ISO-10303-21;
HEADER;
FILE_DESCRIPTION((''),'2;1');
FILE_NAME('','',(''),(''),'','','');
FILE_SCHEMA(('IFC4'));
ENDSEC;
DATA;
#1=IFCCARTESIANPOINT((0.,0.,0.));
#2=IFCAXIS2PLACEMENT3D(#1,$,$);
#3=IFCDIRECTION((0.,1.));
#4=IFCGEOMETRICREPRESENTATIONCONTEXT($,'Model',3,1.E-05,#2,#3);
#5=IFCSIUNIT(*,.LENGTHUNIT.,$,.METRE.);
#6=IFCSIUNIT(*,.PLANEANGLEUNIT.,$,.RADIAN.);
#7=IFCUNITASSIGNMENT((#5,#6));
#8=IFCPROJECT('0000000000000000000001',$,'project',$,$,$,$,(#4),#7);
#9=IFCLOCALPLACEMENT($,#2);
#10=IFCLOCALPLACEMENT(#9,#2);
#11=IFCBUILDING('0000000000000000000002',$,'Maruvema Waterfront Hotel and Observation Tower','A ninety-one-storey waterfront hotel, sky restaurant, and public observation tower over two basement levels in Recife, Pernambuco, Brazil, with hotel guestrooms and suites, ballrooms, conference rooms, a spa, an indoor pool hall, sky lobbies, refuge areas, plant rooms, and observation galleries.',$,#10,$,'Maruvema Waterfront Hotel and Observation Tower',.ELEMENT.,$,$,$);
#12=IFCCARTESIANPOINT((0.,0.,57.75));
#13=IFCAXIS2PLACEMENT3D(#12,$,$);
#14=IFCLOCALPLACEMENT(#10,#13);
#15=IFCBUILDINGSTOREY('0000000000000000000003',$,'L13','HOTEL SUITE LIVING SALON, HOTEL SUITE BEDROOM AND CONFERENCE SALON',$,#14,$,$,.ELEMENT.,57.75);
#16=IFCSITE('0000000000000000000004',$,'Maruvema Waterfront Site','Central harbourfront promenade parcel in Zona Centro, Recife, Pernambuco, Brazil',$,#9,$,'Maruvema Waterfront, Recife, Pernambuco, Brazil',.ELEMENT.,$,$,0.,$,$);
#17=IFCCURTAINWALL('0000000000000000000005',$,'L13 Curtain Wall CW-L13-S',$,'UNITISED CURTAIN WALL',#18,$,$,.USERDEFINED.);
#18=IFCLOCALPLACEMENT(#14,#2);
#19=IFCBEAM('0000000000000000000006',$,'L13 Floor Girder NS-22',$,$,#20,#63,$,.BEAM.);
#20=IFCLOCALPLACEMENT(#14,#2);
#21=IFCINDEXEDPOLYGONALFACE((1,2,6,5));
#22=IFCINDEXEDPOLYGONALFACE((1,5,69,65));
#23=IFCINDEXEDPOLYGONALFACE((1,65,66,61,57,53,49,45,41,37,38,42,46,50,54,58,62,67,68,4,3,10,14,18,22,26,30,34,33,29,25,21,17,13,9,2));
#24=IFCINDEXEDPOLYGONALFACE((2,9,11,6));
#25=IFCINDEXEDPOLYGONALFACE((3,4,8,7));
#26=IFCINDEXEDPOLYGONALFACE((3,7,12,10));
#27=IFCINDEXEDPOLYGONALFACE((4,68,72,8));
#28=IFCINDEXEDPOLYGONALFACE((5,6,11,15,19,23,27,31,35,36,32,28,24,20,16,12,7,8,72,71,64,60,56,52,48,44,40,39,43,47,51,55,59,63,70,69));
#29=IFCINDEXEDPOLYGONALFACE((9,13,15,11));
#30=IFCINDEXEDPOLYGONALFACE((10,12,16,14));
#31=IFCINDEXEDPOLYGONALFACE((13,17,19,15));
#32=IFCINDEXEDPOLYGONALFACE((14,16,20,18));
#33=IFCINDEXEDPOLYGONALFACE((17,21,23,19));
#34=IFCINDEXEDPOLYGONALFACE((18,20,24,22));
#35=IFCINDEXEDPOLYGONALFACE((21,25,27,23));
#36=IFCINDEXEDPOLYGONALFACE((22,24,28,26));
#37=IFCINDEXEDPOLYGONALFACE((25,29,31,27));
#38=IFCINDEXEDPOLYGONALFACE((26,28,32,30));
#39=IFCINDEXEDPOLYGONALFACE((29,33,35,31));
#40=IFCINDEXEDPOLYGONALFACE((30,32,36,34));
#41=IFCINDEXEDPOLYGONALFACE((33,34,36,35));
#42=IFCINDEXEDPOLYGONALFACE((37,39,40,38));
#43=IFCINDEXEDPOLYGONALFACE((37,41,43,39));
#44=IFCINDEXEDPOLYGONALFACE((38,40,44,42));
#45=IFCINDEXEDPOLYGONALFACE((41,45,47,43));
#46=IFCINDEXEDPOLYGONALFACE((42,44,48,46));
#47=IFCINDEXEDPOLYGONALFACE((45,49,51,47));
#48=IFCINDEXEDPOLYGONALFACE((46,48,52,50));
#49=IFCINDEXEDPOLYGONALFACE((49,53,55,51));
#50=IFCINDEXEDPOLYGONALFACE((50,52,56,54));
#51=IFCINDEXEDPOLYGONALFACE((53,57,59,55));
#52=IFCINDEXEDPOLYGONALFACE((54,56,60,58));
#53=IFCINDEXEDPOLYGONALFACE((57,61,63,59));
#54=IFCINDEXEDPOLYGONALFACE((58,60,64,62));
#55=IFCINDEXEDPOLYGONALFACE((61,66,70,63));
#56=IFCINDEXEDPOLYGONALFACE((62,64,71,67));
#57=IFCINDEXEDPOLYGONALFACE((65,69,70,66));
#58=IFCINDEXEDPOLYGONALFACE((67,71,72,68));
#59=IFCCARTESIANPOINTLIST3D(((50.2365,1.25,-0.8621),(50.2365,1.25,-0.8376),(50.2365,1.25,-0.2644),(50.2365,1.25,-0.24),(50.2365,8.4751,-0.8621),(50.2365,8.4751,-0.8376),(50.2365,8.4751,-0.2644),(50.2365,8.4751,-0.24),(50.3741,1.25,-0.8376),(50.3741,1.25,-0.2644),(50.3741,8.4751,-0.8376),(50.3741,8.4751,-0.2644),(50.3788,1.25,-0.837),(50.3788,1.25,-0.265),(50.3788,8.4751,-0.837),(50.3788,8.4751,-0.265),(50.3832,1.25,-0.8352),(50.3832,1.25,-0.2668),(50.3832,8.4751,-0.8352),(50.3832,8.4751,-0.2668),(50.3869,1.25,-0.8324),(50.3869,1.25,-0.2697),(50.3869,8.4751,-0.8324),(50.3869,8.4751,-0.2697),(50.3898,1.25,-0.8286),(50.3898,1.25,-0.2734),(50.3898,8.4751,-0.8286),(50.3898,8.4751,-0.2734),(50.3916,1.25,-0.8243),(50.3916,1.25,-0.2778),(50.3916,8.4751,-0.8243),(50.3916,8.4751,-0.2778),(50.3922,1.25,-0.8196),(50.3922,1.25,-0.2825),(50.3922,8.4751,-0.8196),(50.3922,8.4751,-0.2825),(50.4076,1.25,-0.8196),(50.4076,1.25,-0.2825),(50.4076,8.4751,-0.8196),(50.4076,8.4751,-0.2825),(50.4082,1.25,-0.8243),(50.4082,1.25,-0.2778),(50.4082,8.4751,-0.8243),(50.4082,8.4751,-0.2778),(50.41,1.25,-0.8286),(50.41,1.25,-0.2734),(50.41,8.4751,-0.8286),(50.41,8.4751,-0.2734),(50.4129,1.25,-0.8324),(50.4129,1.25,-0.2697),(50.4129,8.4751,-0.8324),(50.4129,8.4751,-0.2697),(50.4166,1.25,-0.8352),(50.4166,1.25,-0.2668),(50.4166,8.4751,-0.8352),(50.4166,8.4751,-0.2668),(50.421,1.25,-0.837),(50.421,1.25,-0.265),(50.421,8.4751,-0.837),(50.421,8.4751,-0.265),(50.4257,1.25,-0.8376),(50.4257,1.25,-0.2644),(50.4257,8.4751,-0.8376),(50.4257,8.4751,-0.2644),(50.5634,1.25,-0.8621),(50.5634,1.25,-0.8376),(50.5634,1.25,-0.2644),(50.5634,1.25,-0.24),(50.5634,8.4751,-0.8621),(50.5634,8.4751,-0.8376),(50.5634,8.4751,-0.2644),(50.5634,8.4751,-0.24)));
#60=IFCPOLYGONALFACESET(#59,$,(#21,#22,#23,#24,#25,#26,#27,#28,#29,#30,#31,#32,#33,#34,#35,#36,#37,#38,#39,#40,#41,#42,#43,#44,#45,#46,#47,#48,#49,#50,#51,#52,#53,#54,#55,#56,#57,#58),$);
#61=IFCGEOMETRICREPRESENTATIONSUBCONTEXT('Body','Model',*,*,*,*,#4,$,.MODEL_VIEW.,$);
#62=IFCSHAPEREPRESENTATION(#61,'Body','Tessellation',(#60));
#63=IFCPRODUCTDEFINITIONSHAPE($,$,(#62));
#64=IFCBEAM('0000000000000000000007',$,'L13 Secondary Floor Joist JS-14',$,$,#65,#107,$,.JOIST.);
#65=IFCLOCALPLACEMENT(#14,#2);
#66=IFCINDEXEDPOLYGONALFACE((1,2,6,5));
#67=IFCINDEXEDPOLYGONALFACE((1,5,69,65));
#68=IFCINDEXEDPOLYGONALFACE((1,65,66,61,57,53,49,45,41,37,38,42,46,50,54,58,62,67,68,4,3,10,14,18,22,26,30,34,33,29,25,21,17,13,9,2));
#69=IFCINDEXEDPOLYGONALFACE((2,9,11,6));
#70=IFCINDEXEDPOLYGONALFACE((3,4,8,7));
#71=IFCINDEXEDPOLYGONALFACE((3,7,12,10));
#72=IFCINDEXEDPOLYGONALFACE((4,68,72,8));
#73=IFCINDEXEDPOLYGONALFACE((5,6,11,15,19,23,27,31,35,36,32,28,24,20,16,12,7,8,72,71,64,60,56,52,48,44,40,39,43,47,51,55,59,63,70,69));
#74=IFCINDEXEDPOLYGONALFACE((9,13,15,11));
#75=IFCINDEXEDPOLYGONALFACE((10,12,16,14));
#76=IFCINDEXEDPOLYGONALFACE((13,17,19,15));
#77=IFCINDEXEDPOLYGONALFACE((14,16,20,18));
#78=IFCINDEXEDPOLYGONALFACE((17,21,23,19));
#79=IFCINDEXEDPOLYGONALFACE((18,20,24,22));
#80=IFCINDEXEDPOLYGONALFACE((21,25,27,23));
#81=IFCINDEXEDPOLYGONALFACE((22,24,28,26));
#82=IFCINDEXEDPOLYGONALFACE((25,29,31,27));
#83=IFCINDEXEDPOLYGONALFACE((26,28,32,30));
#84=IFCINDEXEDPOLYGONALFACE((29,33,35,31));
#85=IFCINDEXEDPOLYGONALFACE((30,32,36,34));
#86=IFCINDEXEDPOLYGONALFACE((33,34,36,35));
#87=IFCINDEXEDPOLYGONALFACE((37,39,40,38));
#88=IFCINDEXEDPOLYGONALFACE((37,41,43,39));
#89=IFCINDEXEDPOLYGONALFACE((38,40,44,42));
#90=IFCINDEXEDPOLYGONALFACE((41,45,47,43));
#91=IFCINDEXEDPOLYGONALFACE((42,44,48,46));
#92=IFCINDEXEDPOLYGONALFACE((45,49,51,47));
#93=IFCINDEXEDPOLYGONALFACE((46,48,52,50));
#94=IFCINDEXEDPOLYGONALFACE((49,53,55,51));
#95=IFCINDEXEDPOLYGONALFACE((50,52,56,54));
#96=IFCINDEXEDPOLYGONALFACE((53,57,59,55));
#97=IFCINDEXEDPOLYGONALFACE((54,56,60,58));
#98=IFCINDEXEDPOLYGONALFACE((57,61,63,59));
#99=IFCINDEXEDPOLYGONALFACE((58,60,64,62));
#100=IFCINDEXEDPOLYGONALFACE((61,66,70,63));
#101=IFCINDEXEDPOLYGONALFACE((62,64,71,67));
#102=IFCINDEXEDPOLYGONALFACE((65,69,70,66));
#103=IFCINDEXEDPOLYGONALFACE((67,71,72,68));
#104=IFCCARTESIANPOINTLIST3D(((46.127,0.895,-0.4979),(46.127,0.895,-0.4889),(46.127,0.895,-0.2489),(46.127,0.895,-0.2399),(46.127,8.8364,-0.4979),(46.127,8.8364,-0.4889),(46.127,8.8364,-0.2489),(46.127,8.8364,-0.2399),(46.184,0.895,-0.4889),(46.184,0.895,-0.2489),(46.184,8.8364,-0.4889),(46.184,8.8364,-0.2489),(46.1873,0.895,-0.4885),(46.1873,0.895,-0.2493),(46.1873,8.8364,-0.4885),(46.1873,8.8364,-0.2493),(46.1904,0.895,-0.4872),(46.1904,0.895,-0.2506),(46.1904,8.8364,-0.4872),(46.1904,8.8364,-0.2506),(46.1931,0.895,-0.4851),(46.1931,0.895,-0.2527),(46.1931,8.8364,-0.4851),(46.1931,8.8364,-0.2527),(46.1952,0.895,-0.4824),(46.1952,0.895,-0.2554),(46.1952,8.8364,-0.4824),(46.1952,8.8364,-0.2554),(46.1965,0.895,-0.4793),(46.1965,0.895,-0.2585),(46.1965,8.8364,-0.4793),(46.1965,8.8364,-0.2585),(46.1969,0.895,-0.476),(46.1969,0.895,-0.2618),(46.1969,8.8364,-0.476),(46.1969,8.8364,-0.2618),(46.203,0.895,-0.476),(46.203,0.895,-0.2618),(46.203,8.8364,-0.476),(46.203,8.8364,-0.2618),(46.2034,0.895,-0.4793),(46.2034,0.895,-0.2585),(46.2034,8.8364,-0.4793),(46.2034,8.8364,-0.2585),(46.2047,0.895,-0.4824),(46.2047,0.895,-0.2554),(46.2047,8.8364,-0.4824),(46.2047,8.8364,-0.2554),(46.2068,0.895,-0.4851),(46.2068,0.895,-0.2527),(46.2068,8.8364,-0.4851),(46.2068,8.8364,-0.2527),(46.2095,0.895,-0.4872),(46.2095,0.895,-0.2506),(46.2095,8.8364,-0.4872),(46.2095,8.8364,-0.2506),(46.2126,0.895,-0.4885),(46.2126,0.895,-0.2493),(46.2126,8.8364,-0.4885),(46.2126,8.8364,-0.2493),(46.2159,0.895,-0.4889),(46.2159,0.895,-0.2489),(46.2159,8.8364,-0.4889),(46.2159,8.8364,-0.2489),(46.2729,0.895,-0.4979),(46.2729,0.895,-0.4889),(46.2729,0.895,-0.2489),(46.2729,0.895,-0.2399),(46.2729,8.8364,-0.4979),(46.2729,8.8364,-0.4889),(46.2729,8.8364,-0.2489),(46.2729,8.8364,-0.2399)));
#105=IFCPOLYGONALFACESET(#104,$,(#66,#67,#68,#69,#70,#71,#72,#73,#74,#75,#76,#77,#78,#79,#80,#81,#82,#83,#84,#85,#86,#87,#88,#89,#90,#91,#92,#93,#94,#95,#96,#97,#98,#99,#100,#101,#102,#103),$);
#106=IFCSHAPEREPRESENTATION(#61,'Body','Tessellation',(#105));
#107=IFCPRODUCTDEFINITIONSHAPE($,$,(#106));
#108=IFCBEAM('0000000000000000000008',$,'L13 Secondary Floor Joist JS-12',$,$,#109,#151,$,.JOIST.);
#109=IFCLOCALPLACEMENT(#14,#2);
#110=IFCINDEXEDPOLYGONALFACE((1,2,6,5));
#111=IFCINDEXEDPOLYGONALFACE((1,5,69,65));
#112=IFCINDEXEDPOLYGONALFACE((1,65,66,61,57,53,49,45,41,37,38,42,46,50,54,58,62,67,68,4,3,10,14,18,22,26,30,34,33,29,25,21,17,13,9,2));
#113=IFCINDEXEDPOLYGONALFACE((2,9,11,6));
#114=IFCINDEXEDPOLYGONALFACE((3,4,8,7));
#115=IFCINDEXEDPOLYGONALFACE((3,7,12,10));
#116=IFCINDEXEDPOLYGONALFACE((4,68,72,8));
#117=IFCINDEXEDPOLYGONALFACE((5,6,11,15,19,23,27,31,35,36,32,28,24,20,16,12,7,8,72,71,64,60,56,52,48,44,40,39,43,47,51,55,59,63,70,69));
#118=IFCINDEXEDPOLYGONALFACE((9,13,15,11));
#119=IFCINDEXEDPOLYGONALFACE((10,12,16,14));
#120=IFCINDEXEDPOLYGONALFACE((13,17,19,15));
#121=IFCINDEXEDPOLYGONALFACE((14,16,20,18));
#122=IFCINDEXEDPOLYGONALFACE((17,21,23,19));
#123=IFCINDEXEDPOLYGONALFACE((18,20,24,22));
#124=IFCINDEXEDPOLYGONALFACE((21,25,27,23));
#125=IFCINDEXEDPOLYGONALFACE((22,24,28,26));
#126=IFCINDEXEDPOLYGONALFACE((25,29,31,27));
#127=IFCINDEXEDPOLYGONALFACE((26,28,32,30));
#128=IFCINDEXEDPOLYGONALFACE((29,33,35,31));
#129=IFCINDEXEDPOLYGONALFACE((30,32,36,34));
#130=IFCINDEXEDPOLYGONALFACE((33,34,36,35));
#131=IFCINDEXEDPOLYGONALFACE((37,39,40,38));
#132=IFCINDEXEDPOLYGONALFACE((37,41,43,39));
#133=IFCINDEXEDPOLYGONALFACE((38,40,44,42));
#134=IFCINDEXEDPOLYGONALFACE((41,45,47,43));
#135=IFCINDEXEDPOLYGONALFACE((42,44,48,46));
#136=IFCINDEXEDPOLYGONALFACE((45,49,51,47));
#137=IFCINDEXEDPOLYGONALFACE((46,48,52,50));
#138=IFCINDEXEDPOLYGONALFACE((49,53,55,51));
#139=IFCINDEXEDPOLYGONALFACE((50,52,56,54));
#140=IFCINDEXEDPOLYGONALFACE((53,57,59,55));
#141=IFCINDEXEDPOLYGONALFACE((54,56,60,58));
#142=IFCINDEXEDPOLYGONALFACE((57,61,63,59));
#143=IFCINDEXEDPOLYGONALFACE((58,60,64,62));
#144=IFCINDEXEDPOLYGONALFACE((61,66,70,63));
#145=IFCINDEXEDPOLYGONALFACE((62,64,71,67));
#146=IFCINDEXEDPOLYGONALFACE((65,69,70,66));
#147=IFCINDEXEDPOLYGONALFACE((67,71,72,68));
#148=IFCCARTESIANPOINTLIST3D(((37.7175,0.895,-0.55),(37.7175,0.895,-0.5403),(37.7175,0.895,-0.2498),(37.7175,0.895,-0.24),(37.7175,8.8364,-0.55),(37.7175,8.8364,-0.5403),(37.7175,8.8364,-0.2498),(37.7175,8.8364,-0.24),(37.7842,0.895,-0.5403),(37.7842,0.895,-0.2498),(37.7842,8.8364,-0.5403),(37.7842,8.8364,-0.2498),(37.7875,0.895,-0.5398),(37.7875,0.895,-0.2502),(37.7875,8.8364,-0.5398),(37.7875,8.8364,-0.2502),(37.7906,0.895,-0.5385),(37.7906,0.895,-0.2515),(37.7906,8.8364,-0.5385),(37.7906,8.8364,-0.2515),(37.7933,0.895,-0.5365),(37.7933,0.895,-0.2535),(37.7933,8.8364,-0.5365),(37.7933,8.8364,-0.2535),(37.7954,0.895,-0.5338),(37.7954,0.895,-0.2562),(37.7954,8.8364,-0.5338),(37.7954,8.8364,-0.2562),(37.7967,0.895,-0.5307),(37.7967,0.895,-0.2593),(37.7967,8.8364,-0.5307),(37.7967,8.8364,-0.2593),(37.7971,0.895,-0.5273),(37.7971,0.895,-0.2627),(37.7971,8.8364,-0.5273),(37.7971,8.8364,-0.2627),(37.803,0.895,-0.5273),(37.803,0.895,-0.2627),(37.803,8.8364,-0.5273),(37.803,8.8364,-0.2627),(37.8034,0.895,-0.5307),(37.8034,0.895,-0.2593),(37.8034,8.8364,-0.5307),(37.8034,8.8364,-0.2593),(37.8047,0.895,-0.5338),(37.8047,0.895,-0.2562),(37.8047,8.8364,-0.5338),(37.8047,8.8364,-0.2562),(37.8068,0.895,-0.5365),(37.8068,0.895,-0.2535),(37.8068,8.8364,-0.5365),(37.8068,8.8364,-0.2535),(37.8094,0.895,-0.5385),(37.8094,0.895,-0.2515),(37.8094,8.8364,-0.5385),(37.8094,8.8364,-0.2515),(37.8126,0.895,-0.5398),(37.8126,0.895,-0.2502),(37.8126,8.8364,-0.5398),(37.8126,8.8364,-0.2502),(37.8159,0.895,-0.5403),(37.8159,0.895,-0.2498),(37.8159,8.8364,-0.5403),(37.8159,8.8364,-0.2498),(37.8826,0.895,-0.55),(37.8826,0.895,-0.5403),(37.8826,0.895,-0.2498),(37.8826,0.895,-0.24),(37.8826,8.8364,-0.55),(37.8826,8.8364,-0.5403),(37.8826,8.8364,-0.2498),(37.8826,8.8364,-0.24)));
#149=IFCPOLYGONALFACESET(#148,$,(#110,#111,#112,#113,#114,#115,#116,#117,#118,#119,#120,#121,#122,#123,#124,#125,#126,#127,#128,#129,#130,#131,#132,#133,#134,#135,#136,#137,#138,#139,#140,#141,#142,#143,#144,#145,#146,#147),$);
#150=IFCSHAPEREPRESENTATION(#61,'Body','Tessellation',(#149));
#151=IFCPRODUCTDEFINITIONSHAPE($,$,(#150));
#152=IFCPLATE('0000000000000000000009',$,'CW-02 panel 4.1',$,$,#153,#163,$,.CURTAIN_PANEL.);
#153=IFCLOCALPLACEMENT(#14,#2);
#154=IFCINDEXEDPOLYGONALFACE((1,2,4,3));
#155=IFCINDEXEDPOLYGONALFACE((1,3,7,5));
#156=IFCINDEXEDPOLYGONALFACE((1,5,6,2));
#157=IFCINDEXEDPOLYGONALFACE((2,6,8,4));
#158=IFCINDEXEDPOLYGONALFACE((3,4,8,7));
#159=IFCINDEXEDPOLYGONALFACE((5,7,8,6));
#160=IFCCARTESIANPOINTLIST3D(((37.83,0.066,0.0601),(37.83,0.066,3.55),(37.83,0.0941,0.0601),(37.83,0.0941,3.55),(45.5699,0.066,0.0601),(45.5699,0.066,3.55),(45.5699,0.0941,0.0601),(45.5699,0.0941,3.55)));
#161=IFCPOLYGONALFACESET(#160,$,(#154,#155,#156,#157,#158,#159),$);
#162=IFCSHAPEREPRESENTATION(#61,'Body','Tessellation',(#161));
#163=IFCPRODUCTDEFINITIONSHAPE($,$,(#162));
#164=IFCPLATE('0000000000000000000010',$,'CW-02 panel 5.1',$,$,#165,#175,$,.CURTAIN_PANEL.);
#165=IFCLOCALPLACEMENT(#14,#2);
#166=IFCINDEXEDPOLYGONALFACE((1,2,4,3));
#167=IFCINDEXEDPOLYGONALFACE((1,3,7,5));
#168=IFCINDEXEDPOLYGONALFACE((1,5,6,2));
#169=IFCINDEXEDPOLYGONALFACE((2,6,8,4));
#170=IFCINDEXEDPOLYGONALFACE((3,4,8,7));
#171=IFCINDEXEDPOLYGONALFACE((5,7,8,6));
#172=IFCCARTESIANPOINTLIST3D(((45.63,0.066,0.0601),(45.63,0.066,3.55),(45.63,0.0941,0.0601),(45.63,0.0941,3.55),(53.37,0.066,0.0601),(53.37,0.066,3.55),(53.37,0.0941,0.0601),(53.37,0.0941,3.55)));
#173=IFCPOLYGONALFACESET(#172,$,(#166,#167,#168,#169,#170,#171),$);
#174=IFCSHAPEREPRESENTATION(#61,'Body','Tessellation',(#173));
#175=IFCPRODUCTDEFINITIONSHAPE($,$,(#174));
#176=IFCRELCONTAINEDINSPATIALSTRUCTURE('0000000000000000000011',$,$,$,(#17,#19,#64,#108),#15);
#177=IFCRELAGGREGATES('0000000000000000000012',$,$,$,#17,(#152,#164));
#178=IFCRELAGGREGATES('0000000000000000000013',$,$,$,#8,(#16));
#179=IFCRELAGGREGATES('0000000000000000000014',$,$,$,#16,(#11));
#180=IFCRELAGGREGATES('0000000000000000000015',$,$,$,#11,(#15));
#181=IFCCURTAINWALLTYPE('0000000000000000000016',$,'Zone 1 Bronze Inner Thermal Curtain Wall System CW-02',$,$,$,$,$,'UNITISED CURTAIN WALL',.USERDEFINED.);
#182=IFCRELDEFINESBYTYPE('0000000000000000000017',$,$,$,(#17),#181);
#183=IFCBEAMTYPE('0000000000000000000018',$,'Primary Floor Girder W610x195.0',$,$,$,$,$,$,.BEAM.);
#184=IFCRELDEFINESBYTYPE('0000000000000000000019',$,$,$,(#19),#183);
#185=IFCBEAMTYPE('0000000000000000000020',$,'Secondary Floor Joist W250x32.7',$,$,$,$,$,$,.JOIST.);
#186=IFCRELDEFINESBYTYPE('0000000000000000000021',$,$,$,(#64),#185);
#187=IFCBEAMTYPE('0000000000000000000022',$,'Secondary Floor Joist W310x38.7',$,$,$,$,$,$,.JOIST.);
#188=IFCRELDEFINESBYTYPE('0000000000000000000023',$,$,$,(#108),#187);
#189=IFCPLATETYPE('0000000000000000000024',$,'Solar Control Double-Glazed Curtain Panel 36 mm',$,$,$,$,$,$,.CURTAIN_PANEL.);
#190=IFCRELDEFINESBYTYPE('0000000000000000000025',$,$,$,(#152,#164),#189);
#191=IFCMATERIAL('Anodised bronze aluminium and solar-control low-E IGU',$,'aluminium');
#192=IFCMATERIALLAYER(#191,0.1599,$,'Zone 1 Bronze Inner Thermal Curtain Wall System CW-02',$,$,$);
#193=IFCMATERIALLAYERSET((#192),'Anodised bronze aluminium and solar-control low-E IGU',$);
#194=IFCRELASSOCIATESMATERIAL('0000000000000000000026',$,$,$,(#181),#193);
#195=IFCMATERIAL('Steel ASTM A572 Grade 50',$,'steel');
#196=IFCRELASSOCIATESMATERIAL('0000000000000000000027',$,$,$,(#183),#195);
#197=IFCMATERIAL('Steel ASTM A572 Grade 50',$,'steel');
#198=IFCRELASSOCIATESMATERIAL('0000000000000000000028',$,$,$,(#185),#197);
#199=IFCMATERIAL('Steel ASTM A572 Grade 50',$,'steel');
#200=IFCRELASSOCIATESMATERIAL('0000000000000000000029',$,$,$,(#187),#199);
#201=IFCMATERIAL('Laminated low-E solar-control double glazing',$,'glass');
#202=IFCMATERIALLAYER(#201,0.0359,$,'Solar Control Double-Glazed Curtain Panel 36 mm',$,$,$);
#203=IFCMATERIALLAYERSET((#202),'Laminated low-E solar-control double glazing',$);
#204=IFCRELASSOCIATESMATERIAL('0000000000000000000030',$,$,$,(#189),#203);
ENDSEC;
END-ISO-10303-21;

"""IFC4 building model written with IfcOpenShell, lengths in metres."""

from ifc_helpers import new_model, si_unit, direction, frame, origin, origin_2d, place, context, subcontext, project, spatial, rectangle, i_section, extrude, material, layer, layer_set, material_profile, profile_set, type_object, element, aggregate, save


model = new_model("IFC4")

# Units and contexts
model_context = context("Model", 3, precision=1e-05, world=origin(), true_north=direction((0.0, 1.0)))
body_context = subcontext(model_context, "Body", "Model", "MODEL_VIEW")
ifc_project = project(units=[si_unit("LENGTHUNIT", "METRE"), si_unit("PLANEANGLEUNIT", "RADIAN")], contexts=[model_context])

# Site, building, storey
site_placement = place(None, origin())
site = spatial("IfcSite", under=ifc_project, at=site_placement, Name="Maruvema Waterfront Site", Description="Central harbourfront promenade parcel in Zona Centro, Recife, Pernambuco, Brazil", LongName="Maruvema Waterfront, Recife, Pernambuco, Brazil", CompositionType="ELEMENT", RefElevation=0.0)
building_placement = place(site_placement, origin())
building = spatial("IfcBuilding", under=site, at=building_placement, Name="Maruvema Waterfront Hotel and Observation Tower", Description="A ninety-one-storey waterfront hotel, sky restaurant, and public observation tower over two basement levels in Recife, Pernambuco, Brazil, with hotel guestrooms and suites, ballrooms, conference rooms, a spa, an indoor pool hall, sky lobbies, refuge areas, plant rooms, and observation galleries.", LongName="Maruvema Waterfront Hotel and Observation Tower", CompositionType="ELEMENT")
storey_placement = place(building_placement, frame((0.0, 0.0, 57.75)))
storey = spatial("IfcBuildingStorey", under=building, at=storey_placement, Name="L13", Description="HOTEL SUITE LIVING SALON, HOTEL SUITE BEDROOM AND CONFERENCE SALON", CompositionType="ELEMENT", Elevation=57.75)

# Curtain wall
ifc_material_1 = material(Name="Anodised bronze aluminium and solar-control low-E IGU", Category="aluminium")
ifc_layer_1 = layer(ifc_material_1, 0.1599, Name="Zone 1 Bronze Inner Thermal Curtain Wall System CW-02")
ifc_layer_set_1 = layer_set([ifc_layer_1], Name="Anodised bronze aluminium and solar-control low-E IGU")
curtain_wall_type = type_object("IfcCurtainWallType", Name="Zone 1 Bronze Inner Thermal Curtain Wall System CW-02", ElementType="UNITISED CURTAIN WALL", PredefinedType="USERDEFINED", material=ifc_layer_set_1)
curtain_wall_placement = place(storey_placement, origin())
curtain_wall = element("IfcCurtainWall", 1, at=curtain_wall_placement, inside=storey, type_object=curtain_wall_type, Name="L13 Curtain Wall CW-L13-S", ObjectType="UNITISED CURTAIN WALL", PredefinedType="USERDEFINED")

# Beams
ifc_material_2 = material(Name="Steel ASTM A572 Grade 50", Category="steel")
ifc_material_profile_1 = material_profile(ifc_material_2, i_section(OverallWidth=0.3269, OverallDepth=0.6221, WebThickness=0.0154, FlangeThickness=0.0244, FilletRadius=0.0181, at=origin_2d()), Name="W610x195.0")
ifc_profile_set_1 = profile_set([ifc_material_profile_1], Name="Steel ASTM A572 Grade 50")
beam_type_1 = type_object("IfcBeamType", Name="Primary Floor Girder W610x195.0", PredefinedType="BEAM", material=ifc_profile_set_1)
beam_1_placement = place(storey_placement, frame((50.3999, 1.25, -0.551), z_axis=(0.0, 1.0, 0.0), x_axis=(-1.0, 0.0, 0.0)))
element("IfcBeam", 2, at=beam_1_placement, inside=storey, type_object=beam_type_1, Name="L13 Floor Girder NS-22", PredefinedType="BEAM", context=body_context, shape_type="SweptSolid", body=[
    extrude(i_section(OverallWidth=0.3269, OverallDepth=0.6221, WebThickness=0.0154, FlangeThickness=0.0244, FilletRadius=0.0181, at=origin_2d()), origin(), (0.0, 0.0, 1.0), 7.2251),
])
ifc_material_3 = material(Name="Steel ASTM A572 Grade 50", Category="steel")
ifc_material_profile_2 = material_profile(ifc_material_3, i_section(OverallWidth=0.146, OverallDepth=0.2581, WebThickness=0.0061, FlangeThickness=0.009, FilletRadius=0.0129, at=origin_2d()), Name="W250x32.7")
ifc_profile_set_2 = profile_set([ifc_material_profile_2], Name="Steel ASTM A572 Grade 50")
beam_type_2 = type_object("IfcBeamType", Name="Secondary Floor Joist W250x32.7", PredefinedType="JOIST", material=ifc_profile_set_2)
beam_2_placement = place(storey_placement, frame((46.2, 0.895, -0.3689), z_axis=(0.0, 1.0, 0.0), x_axis=(-1.0, 0.0, 0.0)))
element("IfcBeam", 3, at=beam_2_placement, inside=storey, type_object=beam_type_2, Name="L13 Secondary Floor Joist JS-14", PredefinedType="JOIST", context=body_context, shape_type="SweptSolid", body=[
    extrude(i_section(OverallWidth=0.146, OverallDepth=0.2581, WebThickness=0.0061, FlangeThickness=0.009, FilletRadius=0.0129, at=origin_2d()), origin(), (0.0, 0.0, 1.0), 7.9414),
])
ifc_material_4 = material(Name="Steel ASTM A572 Grade 50", Category="steel")
ifc_material_profile_3 = material_profile(ifc_material_4, i_section(OverallWidth=0.165, OverallDepth=0.3101, WebThickness=0.0059, FlangeThickness=0.0098, FilletRadius=0.0129, at=origin_2d()), Name="W310x38.7")
ifc_profile_set_3 = profile_set([ifc_material_profile_3], Name="Steel ASTM A572 Grade 50")
beam_type_3 = type_object("IfcBeamType", Name="Secondary Floor Joist W310x38.7", PredefinedType="JOIST", material=ifc_profile_set_3)
beam_3_placement = place(storey_placement, frame((37.8, 0.895, -0.395), z_axis=(0.0, 1.0, 0.0), x_axis=(-1.0, 0.0, 0.0)))
element("IfcBeam", 4, at=beam_3_placement, inside=storey, type_object=beam_type_3, Name="L13 Secondary Floor Joist JS-12", PredefinedType="JOIST", context=body_context, shape_type="SweptSolid", body=[
    extrude(i_section(OverallWidth=0.165, OverallDepth=0.3101, WebThickness=0.0059, FlangeThickness=0.0098, FilletRadius=0.0129, at=origin_2d()), origin(), (0.0, 0.0, 1.0), 7.9414),
])

# Plates
ifc_material_5 = material(Name="Laminated low-E solar-control double glazing", Category="glass")
ifc_layer_2 = layer(ifc_material_5, 0.0359, Name="Solar Control Double-Glazed Curtain Panel 36 mm")
ifc_layer_set_2 = layer_set([ifc_layer_2], Name="Laminated low-E solar-control double glazing")
plate_type = type_object("IfcPlateType", Name="Solar Control Double-Glazed Curtain Panel 36 mm", PredefinedType="CURTAIN_PANEL", material=ifc_layer_set_2)
plate_1_placement = place(storey_placement, frame((41.7, 0.0801, 0.0601), z_axis=(0.0, 0.0, 1.0), x_axis=(1.0, 0.0, 0.0)))
plate_1 = element("IfcPlate", 5, at=plate_1_placement, type_object=plate_type, Name="CW-02 panel 4.1", PredefinedType="CURTAIN_PANEL", context=body_context, shape_type="SweptSolid", body=[
    extrude(rectangle(XDim=7.74, YDim=0.0281, at=origin_2d()), origin(), (0.0, 0.0, 1.0), 3.49),
])
plate_2_placement = place(storey_placement, frame((49.5, 0.0801, 0.0601), z_axis=(0.0, 0.0, 1.0), x_axis=(1.0, 0.0, 0.0)))
plate_2 = element("IfcPlate", 6, at=plate_2_placement, type_object=plate_type, Name="CW-02 panel 5.1", PredefinedType="CURTAIN_PANEL", context=body_context, shape_type="SweptSolid", body=[
    extrude(rectangle(XDim=7.74, YDim=0.0281, at=origin_2d()), origin(), (0.0, 0.0, 1.0), 3.49),
])
aggregate(curtain_wall, [plate_1, plate_2])

save(model, "model.ifc")
